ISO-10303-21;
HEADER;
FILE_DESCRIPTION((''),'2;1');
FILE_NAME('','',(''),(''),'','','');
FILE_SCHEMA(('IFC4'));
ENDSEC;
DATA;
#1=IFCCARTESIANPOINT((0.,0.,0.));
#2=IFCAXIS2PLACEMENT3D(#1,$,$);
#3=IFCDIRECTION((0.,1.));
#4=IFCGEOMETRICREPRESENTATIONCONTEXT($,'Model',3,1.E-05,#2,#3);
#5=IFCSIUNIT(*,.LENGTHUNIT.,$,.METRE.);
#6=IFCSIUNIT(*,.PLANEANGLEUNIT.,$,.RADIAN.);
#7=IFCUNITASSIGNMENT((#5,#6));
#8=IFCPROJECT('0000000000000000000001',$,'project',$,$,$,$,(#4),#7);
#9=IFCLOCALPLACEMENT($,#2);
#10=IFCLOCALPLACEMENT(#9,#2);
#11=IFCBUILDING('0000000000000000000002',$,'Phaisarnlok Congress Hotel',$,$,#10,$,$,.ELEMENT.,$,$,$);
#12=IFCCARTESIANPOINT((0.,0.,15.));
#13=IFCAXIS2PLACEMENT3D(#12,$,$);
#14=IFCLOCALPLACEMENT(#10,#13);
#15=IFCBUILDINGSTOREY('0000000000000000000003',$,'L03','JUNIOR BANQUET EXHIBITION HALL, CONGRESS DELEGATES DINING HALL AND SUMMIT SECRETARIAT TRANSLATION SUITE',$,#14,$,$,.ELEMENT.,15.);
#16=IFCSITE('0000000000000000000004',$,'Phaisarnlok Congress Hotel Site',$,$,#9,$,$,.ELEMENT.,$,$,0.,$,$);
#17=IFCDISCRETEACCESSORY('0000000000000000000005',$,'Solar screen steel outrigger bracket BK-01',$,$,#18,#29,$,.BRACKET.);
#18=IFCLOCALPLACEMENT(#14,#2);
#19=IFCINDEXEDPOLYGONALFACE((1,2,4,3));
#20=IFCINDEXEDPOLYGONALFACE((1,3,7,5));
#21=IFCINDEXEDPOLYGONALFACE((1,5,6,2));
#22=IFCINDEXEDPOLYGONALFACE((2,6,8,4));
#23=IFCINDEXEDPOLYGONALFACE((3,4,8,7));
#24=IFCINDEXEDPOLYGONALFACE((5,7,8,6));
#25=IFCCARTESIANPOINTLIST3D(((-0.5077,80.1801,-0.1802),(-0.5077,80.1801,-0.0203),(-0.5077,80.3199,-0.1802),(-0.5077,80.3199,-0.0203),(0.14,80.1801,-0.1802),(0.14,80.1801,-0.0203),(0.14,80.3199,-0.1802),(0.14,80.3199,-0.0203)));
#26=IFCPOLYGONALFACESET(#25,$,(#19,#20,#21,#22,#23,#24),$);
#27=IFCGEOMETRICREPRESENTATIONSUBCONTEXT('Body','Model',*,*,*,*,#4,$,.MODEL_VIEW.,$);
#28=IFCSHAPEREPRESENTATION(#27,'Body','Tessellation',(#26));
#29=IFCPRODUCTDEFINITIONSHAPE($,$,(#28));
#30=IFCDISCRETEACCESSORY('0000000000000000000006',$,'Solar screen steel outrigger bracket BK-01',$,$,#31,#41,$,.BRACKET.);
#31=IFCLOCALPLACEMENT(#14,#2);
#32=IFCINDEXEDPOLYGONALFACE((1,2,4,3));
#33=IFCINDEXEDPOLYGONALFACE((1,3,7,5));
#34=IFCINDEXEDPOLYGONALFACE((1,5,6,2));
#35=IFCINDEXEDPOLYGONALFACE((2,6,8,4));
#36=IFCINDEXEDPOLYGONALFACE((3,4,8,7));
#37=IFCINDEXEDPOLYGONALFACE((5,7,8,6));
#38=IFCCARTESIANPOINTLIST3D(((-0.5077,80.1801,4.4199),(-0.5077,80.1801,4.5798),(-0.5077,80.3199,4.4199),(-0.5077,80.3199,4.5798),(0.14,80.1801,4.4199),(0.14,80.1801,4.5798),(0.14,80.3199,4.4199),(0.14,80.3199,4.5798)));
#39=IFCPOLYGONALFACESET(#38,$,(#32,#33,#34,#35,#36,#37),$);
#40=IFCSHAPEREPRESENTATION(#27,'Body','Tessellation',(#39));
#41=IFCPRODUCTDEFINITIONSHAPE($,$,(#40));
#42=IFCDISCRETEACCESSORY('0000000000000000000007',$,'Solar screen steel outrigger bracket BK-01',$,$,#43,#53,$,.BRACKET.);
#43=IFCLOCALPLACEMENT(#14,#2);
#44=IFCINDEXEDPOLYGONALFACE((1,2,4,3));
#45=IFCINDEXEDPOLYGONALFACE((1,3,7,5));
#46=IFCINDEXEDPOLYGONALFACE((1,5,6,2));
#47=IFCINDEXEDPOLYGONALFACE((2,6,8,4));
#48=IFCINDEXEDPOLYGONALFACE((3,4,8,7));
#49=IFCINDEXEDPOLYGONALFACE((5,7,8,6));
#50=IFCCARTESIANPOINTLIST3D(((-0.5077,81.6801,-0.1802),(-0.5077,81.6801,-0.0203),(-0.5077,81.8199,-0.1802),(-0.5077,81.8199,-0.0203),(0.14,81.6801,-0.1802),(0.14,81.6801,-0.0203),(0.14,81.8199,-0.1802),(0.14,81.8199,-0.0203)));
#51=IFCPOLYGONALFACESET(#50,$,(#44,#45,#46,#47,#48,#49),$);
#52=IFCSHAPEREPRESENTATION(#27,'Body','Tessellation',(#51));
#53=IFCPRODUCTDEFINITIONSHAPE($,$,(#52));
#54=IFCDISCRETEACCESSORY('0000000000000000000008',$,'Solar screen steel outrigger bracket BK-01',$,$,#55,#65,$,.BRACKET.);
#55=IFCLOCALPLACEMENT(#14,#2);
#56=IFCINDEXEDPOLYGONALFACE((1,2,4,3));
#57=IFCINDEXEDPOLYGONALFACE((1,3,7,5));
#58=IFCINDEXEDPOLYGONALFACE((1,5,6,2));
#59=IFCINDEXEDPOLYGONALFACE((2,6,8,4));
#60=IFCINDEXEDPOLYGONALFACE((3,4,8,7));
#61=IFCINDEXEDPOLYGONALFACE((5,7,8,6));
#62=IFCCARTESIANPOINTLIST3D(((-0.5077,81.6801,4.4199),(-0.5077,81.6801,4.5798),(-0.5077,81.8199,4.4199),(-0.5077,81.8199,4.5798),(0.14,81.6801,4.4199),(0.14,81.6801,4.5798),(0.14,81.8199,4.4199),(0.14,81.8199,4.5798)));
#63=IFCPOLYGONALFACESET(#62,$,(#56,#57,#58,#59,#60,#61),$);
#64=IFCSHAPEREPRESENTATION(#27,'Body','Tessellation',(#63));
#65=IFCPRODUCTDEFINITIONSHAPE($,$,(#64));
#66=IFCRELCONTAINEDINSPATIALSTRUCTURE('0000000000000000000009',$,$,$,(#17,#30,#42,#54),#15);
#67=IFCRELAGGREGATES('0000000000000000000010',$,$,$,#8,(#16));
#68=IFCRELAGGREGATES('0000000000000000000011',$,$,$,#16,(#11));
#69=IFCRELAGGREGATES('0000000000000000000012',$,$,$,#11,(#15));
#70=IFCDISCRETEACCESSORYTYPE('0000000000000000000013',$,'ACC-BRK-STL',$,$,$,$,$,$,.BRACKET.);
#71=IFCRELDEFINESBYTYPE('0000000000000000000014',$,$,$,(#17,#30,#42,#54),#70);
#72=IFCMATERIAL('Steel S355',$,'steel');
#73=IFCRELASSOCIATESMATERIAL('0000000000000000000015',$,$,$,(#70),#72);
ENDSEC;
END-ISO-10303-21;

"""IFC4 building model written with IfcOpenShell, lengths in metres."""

from ifc_helpers import new_model, si_unit, direction, frame, origin, origin_2d, place, context, subcontext, project, spatial, rectangle, extrude, material, type_object, element, save


model = new_model("IFC4")

# Units and contexts
model_context = context("Model", 3, precision=1e-05, world=origin(), true_north=direction((0.0, 1.0)))
body_context = subcontext(model_context, "Body", "Model", "MODEL_VIEW")
ifc_project = project(units=[si_unit("LENGTHUNIT", "METRE"), si_unit("PLANEANGLEUNIT", "RADIAN")], contexts=[model_context])

# Site, building, storey
site_placement = place(None, origin())
site = spatial("IfcSite", under=ifc_project, at=site_placement, Name="Phaisarnlok Congress Hotel Site", CompositionType="ELEMENT", RefElevation=0.0)
building_placement = place(site_placement, origin())
building = spatial("IfcBuilding", under=site, at=building_placement, Name="Phaisarnlok Congress Hotel", CompositionType="ELEMENT")
storey_placement = place(building_placement, frame((0.0, 0.0, 15.0)))
storey = spatial("IfcBuildingStorey", under=building, at=storey_placement, Name="L03", Description="JUNIOR BANQUET EXHIBITION HALL, CONGRESS DELEGATES DINING HALL AND SUMMIT SECRETARIAT TRANSLATION SUITE", CompositionType="ELEMENT", Elevation=15.0)

# Discrete accessories
ifc_material_1 = material(Name="Steel S355", Category="steel")
discrete_accessory_type = type_object("IfcDiscreteAccessoryType", Name="ACC-BRK-STL", PredefinedType="BRACKET", material=ifc_material_1)
for number, where, z_axis, x_axis, name in (
    (1, (-0.1838, 80.25, -0.1802), (0.0, 0.0, 1.0), (1.0, 0.0, 0.0), "Solar screen steel outrigger bracket BK-01"),
    (2, (-0.1838, 80.25, 4.4199), (0.0, 0.0, 1.0), (1.0, 0.0, 0.0), "Solar screen steel outrigger bracket BK-01"),
    (3, (-0.1838, 81.75, -0.1802), (0.0, 0.0, 1.0), (1.0, 0.0, 0.0), "Solar screen steel outrigger bracket BK-01"),
    (4, (-0.1838, 81.75, 4.4199), (0.0, 0.0, 1.0), (1.0, 0.0, 0.0), "Solar screen steel outrigger bracket BK-01"),
):
    element("IfcDiscreteAccessory", number, at=place(storey_placement, frame(where, z_axis=z_axis, x_axis=x_axis)), inside=storey, type_object=discrete_accessory_type, Name=name, PredefinedType="BRACKET", context=body_context, shape_type="SweptSolid", body=[
        extrude(rectangle(XDim=0.6477, YDim=0.1399, at=origin_2d()), origin(), (0.0, 0.0, 1.0), 0.1599),
    ])

save(model, "model.ifc")
